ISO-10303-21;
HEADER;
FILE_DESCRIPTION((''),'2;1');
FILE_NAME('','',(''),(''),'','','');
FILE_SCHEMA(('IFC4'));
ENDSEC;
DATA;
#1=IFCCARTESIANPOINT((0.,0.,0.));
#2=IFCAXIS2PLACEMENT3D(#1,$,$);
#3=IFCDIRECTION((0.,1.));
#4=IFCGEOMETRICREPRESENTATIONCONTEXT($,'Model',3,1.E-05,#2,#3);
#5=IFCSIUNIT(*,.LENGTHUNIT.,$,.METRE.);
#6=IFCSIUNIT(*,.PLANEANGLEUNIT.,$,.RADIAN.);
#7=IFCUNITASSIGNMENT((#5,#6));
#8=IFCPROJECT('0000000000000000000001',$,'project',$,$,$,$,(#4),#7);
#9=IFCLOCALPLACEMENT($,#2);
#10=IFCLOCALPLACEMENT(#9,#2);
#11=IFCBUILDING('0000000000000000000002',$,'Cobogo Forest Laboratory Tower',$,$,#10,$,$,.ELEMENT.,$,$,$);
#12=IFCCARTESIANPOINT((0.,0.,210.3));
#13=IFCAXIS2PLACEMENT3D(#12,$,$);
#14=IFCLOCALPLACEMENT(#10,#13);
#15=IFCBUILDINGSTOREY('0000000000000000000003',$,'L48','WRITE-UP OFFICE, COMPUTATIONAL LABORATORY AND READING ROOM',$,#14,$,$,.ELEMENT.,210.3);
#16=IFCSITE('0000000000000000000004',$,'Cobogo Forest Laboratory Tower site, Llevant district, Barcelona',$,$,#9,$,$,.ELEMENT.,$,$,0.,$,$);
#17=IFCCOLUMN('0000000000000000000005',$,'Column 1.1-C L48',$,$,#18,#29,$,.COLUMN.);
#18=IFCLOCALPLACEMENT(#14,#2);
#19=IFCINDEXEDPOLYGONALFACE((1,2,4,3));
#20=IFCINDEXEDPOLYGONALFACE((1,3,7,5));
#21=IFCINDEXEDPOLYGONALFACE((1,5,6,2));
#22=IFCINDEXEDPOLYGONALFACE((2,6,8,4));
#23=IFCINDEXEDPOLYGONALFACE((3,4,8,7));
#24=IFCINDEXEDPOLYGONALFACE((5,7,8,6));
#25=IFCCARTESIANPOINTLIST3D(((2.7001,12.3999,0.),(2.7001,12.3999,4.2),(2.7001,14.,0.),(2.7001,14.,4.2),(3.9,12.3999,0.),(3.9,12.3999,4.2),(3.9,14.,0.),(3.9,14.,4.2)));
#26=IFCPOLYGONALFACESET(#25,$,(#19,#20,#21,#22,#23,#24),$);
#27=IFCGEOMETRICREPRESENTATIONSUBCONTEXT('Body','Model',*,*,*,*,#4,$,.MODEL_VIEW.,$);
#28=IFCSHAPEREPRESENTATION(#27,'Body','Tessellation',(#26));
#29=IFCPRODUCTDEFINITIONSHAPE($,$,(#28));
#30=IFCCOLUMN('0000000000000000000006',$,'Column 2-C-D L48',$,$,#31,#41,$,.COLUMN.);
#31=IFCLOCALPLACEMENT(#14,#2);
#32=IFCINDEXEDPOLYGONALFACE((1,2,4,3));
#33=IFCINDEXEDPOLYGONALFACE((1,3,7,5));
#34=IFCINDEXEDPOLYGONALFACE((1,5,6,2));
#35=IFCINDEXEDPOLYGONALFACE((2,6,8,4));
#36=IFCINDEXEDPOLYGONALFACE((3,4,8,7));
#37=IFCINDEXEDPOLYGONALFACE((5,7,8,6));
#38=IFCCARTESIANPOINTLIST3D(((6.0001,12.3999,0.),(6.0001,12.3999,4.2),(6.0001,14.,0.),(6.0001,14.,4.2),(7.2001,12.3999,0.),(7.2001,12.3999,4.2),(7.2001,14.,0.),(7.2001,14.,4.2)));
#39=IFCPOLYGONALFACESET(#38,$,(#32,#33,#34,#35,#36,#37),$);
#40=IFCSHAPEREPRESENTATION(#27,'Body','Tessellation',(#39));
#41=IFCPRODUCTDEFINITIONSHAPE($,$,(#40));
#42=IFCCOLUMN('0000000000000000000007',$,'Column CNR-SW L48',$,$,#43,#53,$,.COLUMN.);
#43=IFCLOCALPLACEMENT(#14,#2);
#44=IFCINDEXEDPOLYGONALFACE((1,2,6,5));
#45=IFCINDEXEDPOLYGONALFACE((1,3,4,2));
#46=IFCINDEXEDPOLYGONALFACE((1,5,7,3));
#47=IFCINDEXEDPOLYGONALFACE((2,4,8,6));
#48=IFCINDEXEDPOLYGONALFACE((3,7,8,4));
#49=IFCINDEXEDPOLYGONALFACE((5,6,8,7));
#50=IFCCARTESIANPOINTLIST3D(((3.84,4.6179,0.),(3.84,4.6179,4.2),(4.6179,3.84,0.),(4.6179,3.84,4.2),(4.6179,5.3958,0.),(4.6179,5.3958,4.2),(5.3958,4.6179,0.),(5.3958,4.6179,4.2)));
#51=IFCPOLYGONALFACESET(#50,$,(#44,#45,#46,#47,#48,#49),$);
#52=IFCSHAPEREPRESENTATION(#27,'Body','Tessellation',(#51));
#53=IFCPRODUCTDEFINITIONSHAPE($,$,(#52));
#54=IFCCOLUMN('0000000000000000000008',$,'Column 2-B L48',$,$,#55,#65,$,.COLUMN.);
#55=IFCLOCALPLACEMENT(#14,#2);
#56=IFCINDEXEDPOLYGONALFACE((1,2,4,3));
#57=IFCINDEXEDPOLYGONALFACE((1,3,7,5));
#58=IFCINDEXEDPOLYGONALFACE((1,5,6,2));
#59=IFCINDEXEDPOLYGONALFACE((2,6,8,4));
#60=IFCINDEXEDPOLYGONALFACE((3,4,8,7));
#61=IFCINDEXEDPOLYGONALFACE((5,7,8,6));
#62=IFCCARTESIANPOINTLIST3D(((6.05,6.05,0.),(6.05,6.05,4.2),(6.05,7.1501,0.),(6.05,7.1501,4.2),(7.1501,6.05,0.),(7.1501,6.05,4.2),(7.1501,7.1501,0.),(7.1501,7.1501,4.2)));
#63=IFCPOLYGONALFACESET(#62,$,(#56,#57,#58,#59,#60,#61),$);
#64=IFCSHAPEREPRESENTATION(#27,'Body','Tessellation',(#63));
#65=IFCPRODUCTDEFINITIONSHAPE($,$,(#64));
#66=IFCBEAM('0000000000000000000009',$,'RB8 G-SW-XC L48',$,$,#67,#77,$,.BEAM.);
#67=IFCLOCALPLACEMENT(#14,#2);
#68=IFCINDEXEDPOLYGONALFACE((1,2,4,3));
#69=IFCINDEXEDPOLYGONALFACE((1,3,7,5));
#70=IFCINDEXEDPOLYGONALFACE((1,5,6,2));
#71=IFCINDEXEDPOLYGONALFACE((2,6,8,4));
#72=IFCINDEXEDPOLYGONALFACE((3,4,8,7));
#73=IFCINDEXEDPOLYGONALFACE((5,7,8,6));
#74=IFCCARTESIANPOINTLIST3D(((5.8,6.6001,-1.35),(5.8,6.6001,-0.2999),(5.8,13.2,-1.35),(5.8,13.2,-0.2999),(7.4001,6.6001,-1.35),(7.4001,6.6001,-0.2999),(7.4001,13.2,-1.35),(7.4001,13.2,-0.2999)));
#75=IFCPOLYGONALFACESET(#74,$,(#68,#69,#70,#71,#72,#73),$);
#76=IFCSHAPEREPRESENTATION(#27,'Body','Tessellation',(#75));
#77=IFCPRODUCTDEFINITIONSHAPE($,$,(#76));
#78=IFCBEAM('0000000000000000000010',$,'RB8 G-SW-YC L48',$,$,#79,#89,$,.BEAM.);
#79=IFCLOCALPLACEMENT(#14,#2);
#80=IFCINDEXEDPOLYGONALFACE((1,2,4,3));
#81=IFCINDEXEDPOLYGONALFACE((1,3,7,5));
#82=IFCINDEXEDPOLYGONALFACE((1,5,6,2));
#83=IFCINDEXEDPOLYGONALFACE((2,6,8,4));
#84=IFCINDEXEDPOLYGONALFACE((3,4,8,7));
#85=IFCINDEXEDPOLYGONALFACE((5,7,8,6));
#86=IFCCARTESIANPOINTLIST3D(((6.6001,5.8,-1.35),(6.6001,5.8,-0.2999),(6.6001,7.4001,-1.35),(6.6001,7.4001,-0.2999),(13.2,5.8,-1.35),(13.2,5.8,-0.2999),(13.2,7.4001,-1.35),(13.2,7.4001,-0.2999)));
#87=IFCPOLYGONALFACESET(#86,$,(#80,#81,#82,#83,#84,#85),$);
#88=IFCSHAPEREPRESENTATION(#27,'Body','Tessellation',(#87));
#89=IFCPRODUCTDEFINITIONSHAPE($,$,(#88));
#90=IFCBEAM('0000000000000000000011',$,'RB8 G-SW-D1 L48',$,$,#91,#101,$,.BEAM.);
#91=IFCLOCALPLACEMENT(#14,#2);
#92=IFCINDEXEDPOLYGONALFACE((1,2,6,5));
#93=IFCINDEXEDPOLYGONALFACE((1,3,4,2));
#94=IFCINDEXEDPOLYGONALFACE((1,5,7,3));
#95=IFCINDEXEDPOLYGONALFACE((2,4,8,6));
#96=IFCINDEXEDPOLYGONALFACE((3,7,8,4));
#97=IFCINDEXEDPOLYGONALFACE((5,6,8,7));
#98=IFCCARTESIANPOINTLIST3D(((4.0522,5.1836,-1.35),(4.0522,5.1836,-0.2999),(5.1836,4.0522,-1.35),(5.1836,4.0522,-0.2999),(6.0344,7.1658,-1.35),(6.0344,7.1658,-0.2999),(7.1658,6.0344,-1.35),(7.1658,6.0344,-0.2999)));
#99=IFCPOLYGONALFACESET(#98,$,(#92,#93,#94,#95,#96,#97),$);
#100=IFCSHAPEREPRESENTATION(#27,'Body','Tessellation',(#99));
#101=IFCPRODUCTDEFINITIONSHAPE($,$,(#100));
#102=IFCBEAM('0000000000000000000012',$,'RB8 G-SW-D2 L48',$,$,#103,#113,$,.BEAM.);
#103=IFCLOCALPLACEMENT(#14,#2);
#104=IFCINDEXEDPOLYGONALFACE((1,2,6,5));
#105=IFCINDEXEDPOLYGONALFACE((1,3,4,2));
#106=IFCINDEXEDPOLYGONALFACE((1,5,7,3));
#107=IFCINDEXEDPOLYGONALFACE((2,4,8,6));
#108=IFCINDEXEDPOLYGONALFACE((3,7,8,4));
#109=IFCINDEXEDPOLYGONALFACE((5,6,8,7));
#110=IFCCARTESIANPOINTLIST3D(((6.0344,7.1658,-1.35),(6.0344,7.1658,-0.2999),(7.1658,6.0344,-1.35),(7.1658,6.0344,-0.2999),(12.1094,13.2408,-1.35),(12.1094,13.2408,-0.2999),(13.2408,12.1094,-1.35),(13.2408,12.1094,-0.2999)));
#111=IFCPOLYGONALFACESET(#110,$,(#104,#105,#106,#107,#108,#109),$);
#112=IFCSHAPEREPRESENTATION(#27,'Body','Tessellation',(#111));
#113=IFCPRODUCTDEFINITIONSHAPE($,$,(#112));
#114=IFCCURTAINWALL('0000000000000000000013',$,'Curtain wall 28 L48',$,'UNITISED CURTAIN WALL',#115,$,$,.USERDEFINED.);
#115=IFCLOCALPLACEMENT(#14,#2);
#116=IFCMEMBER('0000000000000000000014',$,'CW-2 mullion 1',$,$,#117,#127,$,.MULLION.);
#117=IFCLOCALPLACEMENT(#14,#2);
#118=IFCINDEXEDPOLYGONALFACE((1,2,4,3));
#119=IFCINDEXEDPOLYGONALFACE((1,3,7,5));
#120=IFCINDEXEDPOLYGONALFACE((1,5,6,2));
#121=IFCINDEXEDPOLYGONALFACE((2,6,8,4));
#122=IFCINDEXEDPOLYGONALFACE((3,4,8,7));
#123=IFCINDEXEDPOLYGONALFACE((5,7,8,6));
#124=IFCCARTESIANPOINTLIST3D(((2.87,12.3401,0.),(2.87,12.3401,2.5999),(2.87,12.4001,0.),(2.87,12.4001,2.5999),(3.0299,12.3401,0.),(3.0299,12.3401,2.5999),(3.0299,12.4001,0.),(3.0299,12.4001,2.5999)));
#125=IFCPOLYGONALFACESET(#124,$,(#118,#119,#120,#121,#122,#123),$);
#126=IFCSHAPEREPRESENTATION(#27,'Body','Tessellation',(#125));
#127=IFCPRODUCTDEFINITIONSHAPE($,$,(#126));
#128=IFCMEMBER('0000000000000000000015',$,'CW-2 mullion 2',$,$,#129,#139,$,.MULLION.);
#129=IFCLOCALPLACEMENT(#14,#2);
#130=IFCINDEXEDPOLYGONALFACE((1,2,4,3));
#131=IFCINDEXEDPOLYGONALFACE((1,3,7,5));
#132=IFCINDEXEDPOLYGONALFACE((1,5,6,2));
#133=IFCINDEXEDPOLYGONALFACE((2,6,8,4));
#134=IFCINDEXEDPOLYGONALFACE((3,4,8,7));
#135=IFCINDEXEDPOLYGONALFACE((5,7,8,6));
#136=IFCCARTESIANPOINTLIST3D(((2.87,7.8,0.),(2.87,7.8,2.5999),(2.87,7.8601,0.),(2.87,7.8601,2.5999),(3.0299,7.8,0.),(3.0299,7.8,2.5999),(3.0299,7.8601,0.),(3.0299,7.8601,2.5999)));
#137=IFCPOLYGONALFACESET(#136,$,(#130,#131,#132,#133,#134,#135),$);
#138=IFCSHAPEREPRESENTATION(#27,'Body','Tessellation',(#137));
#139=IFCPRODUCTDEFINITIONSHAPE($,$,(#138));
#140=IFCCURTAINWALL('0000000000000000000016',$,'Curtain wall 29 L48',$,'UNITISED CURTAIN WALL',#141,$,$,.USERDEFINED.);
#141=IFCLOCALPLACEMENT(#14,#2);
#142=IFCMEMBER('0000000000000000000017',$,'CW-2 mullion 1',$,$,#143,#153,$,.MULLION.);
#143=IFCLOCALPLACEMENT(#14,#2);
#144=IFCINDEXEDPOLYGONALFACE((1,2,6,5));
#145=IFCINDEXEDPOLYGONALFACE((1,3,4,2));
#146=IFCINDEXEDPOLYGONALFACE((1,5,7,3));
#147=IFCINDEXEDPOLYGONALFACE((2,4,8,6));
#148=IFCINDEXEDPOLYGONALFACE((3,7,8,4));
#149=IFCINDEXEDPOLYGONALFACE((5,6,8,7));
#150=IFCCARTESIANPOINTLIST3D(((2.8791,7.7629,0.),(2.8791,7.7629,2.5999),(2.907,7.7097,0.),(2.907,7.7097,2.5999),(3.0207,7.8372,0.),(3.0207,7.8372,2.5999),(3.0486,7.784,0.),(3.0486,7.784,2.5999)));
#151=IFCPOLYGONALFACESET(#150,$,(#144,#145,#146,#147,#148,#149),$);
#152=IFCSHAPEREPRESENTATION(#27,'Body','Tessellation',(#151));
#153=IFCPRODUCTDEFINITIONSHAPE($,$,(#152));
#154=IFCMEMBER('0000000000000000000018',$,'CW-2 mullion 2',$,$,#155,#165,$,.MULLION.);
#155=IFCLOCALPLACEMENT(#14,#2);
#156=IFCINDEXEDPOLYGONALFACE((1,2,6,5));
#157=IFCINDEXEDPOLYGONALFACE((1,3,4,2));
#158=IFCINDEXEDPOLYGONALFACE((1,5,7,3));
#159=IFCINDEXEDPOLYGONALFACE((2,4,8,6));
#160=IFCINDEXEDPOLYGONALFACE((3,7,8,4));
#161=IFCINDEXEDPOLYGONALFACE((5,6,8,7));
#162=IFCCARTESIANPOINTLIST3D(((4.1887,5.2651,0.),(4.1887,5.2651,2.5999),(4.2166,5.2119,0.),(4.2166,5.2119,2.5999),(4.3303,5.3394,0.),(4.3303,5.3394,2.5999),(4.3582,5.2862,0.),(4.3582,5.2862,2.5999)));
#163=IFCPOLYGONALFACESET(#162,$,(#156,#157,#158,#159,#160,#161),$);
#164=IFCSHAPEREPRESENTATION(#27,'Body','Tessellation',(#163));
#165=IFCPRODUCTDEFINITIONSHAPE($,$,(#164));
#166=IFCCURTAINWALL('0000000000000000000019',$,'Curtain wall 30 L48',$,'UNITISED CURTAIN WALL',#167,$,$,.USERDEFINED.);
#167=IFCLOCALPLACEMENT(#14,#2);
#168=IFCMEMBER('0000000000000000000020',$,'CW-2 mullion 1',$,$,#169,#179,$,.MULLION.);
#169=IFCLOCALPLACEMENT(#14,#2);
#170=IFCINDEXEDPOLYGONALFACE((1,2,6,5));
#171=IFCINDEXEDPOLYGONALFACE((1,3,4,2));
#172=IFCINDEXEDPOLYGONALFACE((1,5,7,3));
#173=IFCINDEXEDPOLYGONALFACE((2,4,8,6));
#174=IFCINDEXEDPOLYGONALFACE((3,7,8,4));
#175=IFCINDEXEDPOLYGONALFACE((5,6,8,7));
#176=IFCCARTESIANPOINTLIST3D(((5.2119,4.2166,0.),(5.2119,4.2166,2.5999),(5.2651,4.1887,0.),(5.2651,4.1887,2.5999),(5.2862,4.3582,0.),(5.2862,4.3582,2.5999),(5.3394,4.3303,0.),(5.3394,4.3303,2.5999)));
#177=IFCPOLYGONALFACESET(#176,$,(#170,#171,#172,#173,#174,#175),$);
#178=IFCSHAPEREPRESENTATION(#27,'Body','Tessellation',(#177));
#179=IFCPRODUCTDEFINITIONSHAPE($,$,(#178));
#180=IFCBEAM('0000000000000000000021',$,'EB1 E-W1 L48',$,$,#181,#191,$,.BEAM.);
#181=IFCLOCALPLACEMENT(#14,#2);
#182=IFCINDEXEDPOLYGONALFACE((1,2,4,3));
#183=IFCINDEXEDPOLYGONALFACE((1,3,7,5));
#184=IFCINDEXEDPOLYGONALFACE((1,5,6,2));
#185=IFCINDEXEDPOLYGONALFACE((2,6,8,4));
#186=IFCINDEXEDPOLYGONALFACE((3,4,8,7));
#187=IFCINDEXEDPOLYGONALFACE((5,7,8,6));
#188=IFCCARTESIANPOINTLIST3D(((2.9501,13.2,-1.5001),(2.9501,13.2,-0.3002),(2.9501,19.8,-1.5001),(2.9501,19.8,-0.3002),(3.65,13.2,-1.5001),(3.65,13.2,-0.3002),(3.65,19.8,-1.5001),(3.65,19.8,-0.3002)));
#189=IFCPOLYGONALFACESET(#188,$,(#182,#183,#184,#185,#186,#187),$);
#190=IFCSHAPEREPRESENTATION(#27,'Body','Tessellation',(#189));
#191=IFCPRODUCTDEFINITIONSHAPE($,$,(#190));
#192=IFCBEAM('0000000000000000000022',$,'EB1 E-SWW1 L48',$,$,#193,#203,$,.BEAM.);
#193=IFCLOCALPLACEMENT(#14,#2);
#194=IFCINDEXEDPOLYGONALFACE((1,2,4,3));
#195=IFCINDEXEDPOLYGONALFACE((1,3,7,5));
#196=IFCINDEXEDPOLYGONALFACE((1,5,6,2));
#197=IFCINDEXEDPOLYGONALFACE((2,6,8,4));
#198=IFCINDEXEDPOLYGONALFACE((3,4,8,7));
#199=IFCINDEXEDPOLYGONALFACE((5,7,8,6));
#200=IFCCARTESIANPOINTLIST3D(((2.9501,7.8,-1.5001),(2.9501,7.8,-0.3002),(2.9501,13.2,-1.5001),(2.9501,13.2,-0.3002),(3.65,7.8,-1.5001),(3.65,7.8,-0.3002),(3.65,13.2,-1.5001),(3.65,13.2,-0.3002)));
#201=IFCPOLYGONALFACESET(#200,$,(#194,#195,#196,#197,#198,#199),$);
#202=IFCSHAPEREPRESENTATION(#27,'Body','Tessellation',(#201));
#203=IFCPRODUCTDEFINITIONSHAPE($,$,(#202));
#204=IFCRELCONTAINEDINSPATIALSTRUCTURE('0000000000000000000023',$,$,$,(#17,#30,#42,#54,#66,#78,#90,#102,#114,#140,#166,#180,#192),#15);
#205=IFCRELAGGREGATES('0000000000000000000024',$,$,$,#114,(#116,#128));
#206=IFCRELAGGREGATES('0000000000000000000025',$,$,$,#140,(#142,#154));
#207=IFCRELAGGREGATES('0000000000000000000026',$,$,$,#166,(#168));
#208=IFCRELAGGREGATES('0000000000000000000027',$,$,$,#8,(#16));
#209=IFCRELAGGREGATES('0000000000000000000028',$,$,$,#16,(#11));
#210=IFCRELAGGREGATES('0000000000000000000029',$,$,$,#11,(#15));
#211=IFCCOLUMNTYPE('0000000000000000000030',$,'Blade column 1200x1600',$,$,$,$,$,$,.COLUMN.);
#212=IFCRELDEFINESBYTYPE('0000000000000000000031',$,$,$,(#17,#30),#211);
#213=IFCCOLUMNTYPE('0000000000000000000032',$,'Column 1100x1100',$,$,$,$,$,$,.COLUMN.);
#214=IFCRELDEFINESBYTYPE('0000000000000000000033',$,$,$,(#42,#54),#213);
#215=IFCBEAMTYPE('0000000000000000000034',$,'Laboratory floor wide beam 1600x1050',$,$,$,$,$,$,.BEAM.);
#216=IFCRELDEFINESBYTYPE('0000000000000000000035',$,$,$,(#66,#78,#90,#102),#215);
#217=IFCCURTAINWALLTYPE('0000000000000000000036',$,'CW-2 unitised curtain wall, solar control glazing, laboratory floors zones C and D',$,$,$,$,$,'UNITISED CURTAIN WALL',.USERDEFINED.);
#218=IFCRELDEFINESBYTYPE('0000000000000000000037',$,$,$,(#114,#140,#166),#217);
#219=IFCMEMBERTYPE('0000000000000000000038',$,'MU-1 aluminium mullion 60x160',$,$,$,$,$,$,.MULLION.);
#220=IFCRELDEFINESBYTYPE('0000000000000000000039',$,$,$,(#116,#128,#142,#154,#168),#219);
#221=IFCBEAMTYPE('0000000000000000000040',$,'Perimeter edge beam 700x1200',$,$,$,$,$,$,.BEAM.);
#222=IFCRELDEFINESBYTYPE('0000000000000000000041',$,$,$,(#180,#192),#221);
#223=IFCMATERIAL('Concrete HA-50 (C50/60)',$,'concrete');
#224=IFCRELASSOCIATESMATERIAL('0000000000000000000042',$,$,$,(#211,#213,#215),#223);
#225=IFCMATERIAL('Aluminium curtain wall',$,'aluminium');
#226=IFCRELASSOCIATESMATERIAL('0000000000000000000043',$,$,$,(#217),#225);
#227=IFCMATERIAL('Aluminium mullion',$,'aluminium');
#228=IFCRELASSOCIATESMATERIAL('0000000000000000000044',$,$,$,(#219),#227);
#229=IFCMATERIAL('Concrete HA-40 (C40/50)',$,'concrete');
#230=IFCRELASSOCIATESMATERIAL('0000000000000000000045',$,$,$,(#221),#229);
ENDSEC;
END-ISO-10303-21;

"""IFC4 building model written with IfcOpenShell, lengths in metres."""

from ifc_helpers import new_model, si_unit, direction, frame, origin, origin_2d, place, context, subcontext, project, spatial, rectangle, extrude, material, material_profile, profile_set, type_object, element, aggregate, save


model = new_model("IFC4")

# Units and contexts
model_context = context("Model", 3, precision=1e-05, world=origin(), true_north=direction((0.0, 1.0)))
body_context = subcontext(model_context, "Body", "Model", "MODEL_VIEW")
ifc_project = project(units=[si_unit("LENGTHUNIT", "METRE"), si_unit("PLANEANGLEUNIT", "RADIAN")], contexts=[model_context])

# Site, building, storey
site_placement = place(None, origin())
site = spatial("IfcSite", under=ifc_project, at=site_placement, Name="Cobogo Forest Laboratory Tower site, Llevant district, Barcelona", CompositionType="ELEMENT", RefElevation=0.0)
building_placement = place(site_placement, origin())
building = spatial("IfcBuilding", under=site, at=building_placement, Name="Cobogo Forest Laboratory Tower", CompositionType="ELEMENT")
storey_placement = place(building_placement, frame((0.0, 0.0, 210.3)))
storey = spatial("IfcBuildingStorey", under=building, at=storey_placement, Name="L48", Description="WRITE-UP OFFICE, COMPUTATIONAL LABORATORY AND READING ROOM", CompositionType="ELEMENT", Elevation=210.3)

# Columns
ifc_material_1 = material(Name="Concrete HA-50 (C50/60)", Category="concrete")
ifc_material_profile_1 = material_profile(ifc_material_1, rectangle(XDim=1.6001, YDim=1.2, at=origin_2d()), Name="RC 1200x1600")
ifc_profile_set_1 = profile_set([ifc_material_profile_1], Name="Concrete HA-50 (C50/60)")
column_type_1 = type_object("IfcColumnType", Name="Blade column 1200x1600", PredefinedType="COLUMN", material=ifc_profile_set_1)
for number, where, z_axis, x_axis, name in (
    (1, (3.3, 13.2, 0.0), (0.0, 0.0, 1.0), (0.0, 1.0, 0.0), "Column 1.1-C L48"),
    (2, (6.6001, 13.2, 0.0), (0.0, 0.0, 1.0), (0.0, 1.0, 0.0), "Column 2-C-D L48"),
):
    element("IfcColumn", number, at=place(storey_placement, frame(where, z_axis=z_axis, x_axis=x_axis)), inside=storey, type_object=column_type_1, Name=name, PredefinedType="COLUMN", context=body_context, shape_type="SweptSolid", body=[
        extrude(rectangle(XDim=1.6001, YDim=1.2, at=origin_2d()), origin(), (0.0, 0.0, 1.0), 4.2),
    ])
ifc_material_profile_2 = material_profile(ifc_material_1, rectangle(XDim=1.1001, YDim=1.1001, at=origin_2d()), Name="RC 1100x1100")
ifc_profile_set_2 = profile_set([ifc_material_profile_2], Name="Concrete HA-50 (C50/60)")
column_type_2 = type_object("IfcColumnType", Name="Column 1100x1100", PredefinedType="COLUMN", material=ifc_profile_set_2)
for number, where, z_axis, x_axis, name in (
    (3, (4.6179, 4.6179, 0.0), (0.0, 0.0, 1.0), (0.707107, 0.707107, 0.0), "Column CNR-SW L48"),
    (4, (6.6001, 6.6001, 0.0), (0.0, 0.0, 1.0), (1.0, 0.0, 0.0), "Column 2-B L48"),
):
    element("IfcColumn", number, at=place(storey_placement, frame(where, z_axis=z_axis, x_axis=x_axis)), inside=storey, type_object=column_type_2, Name=name, PredefinedType="COLUMN", context=body_context, shape_type="SweptSolid", body=[
        extrude(rectangle(XDim=1.1001, YDim=1.1001, at=origin_2d()), origin(), (0.0, 0.0, 1.0), 4.2),
    ])

# Beams
ifc_material_profile_3 = material_profile(ifc_material_1, rectangle(XDim=1.6001, YDim=1.05, at=origin_2d()), Name="RC 1600x1050")
ifc_profile_set_3 = profile_set([ifc_material_profile_3], Name="Concrete HA-50 (C50/60)")
beam_type_1 = type_object("IfcBeamType", Name="Laboratory floor wide beam 1600x1050", PredefinedType="BEAM", material=ifc_profile_set_3)
for number, where, z_axis, x_axis, name in (
    (5, (6.6001, 6.6001, -0.825), (0.0, 1.0, 0.0), (-1.0, 0.0, 0.0), "RB8 G-SW-XC L48"),
    (6, (6.6001, 6.6001, -0.825), (1.0, 0.0, 0.0), (0.0, 1.0, 0.0), "RB8 G-SW-YC L48"),
):
    element("IfcBeam", number, at=place(storey_placement, frame(where, z_axis=z_axis, x_axis=x_axis)), inside=storey, type_object=beam_type_1, Name=name, PredefinedType="BEAM", context=body_context, shape_type="SweptSolid", body=[
        extrude(rectangle(XDim=1.6001, YDim=1.05, at=origin_2d()), origin(), (0.0, 0.0, 1.0), 6.5999),
    ])
beam_1_placement = place(storey_placement, frame((4.6179, 4.6179, -0.825), z_axis=(0.707107, 0.707107, 0.0), x_axis=(-0.707107, 0.707107, 0.0)))
element("IfcBeam", 7, at=beam_1_placement, inside=storey, type_object=beam_type_1, Name="RB8 G-SW-D1 L48", PredefinedType="BEAM", context=body_context, shape_type="SweptSolid", body=[
    extrude(rectangle(XDim=1.6001, YDim=1.05, at=origin_2d()), origin(), (0.0, 0.0, 1.0), 2.8032),
])
beam_2_placement = place(storey_placement, frame((6.6001, 6.6001, -0.825), z_axis=(0.707107, 0.707107, 0.0), x_axis=(-0.707107, 0.707107, 0.0)))
element("IfcBeam", 8, at=beam_2_placement, inside=storey, type_object=beam_type_1, Name="RB8 G-SW-D2 L48", PredefinedType="BEAM", context=body_context, shape_type="SweptSolid", body=[
    extrude(rectangle(XDim=1.6001, YDim=1.05, at=origin_2d()), origin(), (0.0, 0.0, 1.0), 8.5913),
])

# Curtain walls, members
ifc_material_2 = material(Name="Aluminium curtain wall", Category="aluminium")
curtain_wall_type = type_object("IfcCurtainWallType", Name="CW-2 unitised curtain wall, solar control glazing, laboratory floors zones C and D", ElementType="UNITISED CURTAIN WALL", PredefinedType="USERDEFINED", material=ifc_material_2)
curtain_wall_1_placement = place(storey_placement, origin())
curtain_wall_1 = element("IfcCurtainWall", 9, at=curtain_wall_1_placement, inside=storey, type_object=curtain_wall_type, Name="Curtain wall 28 L48", ObjectType="UNITISED CURTAIN WALL", PredefinedType="USERDEFINED")
ifc_material_3 = material(Name="Aluminium mullion", Category="aluminium")
ifc_material_profile_4 = material_profile(ifc_material_3, rectangle(XDim=0.0601, YDim=0.1599, at=origin_2d()), Name="AL 60x160")
ifc_profile_set_4 = profile_set([ifc_material_profile_4], Name="Aluminium mullion")
member_type_1 = type_object("IfcMemberType", Name="MU-1 aluminium mullion 60x160", PredefinedType="MULLION", material=ifc_profile_set_4)
member_1_placement = place(storey_placement, frame((2.95, 12.3701, 0.0), z_axis=(0.0, 0.0, 1.0), x_axis=(0.0, -1.0, 0.0)))
member_1 = element("IfcMember", 10, at=member_1_placement, type_object=member_type_1, Name="CW-2 mullion 1", PredefinedType="MULLION", context=body_context, shape_type="SweptSolid", body=[
    extrude(rectangle(XDim=0.0601, YDim=0.1599, at=origin_2d()), origin(), (0.0, 0.0, 1.0), 2.5999),
])
member_2_placement = place(storey_placement, frame((2.95, 7.8301, 0.0), z_axis=(0.0, 0.0, 1.0), x_axis=(0.0, -1.0, 0.0)))
member_2 = element("IfcMember", 11, at=member_2_placement, type_object=member_type_1, Name="CW-2 mullion 2", PredefinedType="MULLION", context=body_context, shape_type="SweptSolid", body=[
    extrude(rectangle(XDim=0.0601, YDim=0.1599, at=origin_2d()), origin(), (0.0, 0.0, 1.0), 2.5999),
])
curtain_wall_2_placement = place(storey_placement, origin())
curtain_wall_2 = element("IfcCurtainWall", 12, at=curtain_wall_2_placement, inside=storey, type_object=curtain_wall_type, Name="Curtain wall 29 L48", ObjectType="UNITISED CURTAIN WALL", PredefinedType="USERDEFINED")
member_3_placement = place(storey_placement, frame((2.9639, 7.7734, 0.0), z_axis=(0.0, 0.0, 1.0), x_axis=(0.464284, -0.885686, 0.0)))
member_3 = element("IfcMember", 13, at=member_3_placement, type_object=member_type_1, Name="CW-2 mullion 1", PredefinedType="MULLION", context=body_context, shape_type="SweptSolid", body=[
    extrude(rectangle(XDim=0.0601, YDim=0.1599, at=origin_2d()), origin(), (0.0, 0.0, 1.0), 2.5999),
])
member_4_placement = place(storey_placement, frame((4.2734, 5.2756, 0.0), z_axis=(0.0, 0.0, 1.0), x_axis=(0.464284, -0.885686, 0.0)))
member_4 = element("IfcMember", 14, at=member_4_placement, type_object=member_type_1, Name="CW-2 mullion 2", PredefinedType="MULLION", context=body_context, shape_type="SweptSolid", body=[
    extrude(rectangle(XDim=0.0601, YDim=0.1599, at=origin_2d()), origin(), (0.0, 0.0, 1.0), 2.5999),
])

# Curtain wall, member
curtain_wall_3_placement = place(storey_placement, origin())
curtain_wall_3 = element("IfcCurtainWall", 15, at=curtain_wall_3_placement, inside=storey, type_object=curtain_wall_type, Name="Curtain wall 30 L48", ObjectType="UNITISED CURTAIN WALL", PredefinedType="USERDEFINED")
member_5_placement = place(storey_placement, frame((5.2756, 4.2734, 0.0), z_axis=(0.0, 0.0, 1.0), x_axis=(0.885686, -0.464284, 0.0)))
member_5 = element("IfcMember", 16, at=member_5_placement, type_object=member_type_1, Name="CW-2 mullion 1", PredefinedType="MULLION", context=body_context, shape_type="SweptSolid", body=[
    extrude(rectangle(XDim=0.0601, YDim=0.1599, at=origin_2d()), origin(), (0.0, 0.0, 1.0), 2.5999),
])

# Beams
ifc_material_4 = material(Name="Concrete HA-40 (C40/50)", Category="concrete")
ifc_material_profile_5 = material_profile(ifc_material_4, rectangle(XDim=0.7, YDim=1.2, at=origin_2d()), Name="RC 700x1200")
ifc_profile_set_5 = profile_set([ifc_material_profile_5], Name="Concrete HA-40 (C40/50)")
beam_type_2 = type_object("IfcBeamType", Name="Perimeter edge beam 700x1200", PredefinedType="BEAM", material=ifc_profile_set_5)
beam_3_placement = place(storey_placement, frame((3.3, 13.2, -0.9001), z_axis=(0.0, 1.0, 0.0), x_axis=(-1.0, 0.0, 0.0)))
element("IfcBeam", 17, at=beam_3_placement, inside=storey, type_object=beam_type_2, Name="EB1 E-W1 L48", PredefinedType="BEAM", context=body_context, shape_type="SweptSolid", body=[
    extrude(rectangle(XDim=0.7, YDim=1.2, at=origin_2d()), origin(), (0.0, 0.0, 1.0), 6.6001),
])
beam_4_placement = place(storey_placement, frame((3.3, 13.2, -0.9001), z_axis=(0.0, -1.0, 0.0), x_axis=(1.0, 0.0, 0.0)))
element("IfcBeam", 18, at=beam_4_placement, inside=storey, type_object=beam_type_2, Name="EB1 E-SWW1 L48", PredefinedType="BEAM", context=body_context, shape_type="SweptSolid", body=[
    extrude(rectangle(XDim=0.7, YDim=1.2, at=origin_2d()), origin(), (0.0, 0.0, 1.0), 5.3999),
])

aggregate(curtain_wall_1, [member_1, member_2])
aggregate(curtain_wall_2, [member_3, member_4])
aggregate(curtain_wall_3, [member_5])

save(model, "model.ifc")
